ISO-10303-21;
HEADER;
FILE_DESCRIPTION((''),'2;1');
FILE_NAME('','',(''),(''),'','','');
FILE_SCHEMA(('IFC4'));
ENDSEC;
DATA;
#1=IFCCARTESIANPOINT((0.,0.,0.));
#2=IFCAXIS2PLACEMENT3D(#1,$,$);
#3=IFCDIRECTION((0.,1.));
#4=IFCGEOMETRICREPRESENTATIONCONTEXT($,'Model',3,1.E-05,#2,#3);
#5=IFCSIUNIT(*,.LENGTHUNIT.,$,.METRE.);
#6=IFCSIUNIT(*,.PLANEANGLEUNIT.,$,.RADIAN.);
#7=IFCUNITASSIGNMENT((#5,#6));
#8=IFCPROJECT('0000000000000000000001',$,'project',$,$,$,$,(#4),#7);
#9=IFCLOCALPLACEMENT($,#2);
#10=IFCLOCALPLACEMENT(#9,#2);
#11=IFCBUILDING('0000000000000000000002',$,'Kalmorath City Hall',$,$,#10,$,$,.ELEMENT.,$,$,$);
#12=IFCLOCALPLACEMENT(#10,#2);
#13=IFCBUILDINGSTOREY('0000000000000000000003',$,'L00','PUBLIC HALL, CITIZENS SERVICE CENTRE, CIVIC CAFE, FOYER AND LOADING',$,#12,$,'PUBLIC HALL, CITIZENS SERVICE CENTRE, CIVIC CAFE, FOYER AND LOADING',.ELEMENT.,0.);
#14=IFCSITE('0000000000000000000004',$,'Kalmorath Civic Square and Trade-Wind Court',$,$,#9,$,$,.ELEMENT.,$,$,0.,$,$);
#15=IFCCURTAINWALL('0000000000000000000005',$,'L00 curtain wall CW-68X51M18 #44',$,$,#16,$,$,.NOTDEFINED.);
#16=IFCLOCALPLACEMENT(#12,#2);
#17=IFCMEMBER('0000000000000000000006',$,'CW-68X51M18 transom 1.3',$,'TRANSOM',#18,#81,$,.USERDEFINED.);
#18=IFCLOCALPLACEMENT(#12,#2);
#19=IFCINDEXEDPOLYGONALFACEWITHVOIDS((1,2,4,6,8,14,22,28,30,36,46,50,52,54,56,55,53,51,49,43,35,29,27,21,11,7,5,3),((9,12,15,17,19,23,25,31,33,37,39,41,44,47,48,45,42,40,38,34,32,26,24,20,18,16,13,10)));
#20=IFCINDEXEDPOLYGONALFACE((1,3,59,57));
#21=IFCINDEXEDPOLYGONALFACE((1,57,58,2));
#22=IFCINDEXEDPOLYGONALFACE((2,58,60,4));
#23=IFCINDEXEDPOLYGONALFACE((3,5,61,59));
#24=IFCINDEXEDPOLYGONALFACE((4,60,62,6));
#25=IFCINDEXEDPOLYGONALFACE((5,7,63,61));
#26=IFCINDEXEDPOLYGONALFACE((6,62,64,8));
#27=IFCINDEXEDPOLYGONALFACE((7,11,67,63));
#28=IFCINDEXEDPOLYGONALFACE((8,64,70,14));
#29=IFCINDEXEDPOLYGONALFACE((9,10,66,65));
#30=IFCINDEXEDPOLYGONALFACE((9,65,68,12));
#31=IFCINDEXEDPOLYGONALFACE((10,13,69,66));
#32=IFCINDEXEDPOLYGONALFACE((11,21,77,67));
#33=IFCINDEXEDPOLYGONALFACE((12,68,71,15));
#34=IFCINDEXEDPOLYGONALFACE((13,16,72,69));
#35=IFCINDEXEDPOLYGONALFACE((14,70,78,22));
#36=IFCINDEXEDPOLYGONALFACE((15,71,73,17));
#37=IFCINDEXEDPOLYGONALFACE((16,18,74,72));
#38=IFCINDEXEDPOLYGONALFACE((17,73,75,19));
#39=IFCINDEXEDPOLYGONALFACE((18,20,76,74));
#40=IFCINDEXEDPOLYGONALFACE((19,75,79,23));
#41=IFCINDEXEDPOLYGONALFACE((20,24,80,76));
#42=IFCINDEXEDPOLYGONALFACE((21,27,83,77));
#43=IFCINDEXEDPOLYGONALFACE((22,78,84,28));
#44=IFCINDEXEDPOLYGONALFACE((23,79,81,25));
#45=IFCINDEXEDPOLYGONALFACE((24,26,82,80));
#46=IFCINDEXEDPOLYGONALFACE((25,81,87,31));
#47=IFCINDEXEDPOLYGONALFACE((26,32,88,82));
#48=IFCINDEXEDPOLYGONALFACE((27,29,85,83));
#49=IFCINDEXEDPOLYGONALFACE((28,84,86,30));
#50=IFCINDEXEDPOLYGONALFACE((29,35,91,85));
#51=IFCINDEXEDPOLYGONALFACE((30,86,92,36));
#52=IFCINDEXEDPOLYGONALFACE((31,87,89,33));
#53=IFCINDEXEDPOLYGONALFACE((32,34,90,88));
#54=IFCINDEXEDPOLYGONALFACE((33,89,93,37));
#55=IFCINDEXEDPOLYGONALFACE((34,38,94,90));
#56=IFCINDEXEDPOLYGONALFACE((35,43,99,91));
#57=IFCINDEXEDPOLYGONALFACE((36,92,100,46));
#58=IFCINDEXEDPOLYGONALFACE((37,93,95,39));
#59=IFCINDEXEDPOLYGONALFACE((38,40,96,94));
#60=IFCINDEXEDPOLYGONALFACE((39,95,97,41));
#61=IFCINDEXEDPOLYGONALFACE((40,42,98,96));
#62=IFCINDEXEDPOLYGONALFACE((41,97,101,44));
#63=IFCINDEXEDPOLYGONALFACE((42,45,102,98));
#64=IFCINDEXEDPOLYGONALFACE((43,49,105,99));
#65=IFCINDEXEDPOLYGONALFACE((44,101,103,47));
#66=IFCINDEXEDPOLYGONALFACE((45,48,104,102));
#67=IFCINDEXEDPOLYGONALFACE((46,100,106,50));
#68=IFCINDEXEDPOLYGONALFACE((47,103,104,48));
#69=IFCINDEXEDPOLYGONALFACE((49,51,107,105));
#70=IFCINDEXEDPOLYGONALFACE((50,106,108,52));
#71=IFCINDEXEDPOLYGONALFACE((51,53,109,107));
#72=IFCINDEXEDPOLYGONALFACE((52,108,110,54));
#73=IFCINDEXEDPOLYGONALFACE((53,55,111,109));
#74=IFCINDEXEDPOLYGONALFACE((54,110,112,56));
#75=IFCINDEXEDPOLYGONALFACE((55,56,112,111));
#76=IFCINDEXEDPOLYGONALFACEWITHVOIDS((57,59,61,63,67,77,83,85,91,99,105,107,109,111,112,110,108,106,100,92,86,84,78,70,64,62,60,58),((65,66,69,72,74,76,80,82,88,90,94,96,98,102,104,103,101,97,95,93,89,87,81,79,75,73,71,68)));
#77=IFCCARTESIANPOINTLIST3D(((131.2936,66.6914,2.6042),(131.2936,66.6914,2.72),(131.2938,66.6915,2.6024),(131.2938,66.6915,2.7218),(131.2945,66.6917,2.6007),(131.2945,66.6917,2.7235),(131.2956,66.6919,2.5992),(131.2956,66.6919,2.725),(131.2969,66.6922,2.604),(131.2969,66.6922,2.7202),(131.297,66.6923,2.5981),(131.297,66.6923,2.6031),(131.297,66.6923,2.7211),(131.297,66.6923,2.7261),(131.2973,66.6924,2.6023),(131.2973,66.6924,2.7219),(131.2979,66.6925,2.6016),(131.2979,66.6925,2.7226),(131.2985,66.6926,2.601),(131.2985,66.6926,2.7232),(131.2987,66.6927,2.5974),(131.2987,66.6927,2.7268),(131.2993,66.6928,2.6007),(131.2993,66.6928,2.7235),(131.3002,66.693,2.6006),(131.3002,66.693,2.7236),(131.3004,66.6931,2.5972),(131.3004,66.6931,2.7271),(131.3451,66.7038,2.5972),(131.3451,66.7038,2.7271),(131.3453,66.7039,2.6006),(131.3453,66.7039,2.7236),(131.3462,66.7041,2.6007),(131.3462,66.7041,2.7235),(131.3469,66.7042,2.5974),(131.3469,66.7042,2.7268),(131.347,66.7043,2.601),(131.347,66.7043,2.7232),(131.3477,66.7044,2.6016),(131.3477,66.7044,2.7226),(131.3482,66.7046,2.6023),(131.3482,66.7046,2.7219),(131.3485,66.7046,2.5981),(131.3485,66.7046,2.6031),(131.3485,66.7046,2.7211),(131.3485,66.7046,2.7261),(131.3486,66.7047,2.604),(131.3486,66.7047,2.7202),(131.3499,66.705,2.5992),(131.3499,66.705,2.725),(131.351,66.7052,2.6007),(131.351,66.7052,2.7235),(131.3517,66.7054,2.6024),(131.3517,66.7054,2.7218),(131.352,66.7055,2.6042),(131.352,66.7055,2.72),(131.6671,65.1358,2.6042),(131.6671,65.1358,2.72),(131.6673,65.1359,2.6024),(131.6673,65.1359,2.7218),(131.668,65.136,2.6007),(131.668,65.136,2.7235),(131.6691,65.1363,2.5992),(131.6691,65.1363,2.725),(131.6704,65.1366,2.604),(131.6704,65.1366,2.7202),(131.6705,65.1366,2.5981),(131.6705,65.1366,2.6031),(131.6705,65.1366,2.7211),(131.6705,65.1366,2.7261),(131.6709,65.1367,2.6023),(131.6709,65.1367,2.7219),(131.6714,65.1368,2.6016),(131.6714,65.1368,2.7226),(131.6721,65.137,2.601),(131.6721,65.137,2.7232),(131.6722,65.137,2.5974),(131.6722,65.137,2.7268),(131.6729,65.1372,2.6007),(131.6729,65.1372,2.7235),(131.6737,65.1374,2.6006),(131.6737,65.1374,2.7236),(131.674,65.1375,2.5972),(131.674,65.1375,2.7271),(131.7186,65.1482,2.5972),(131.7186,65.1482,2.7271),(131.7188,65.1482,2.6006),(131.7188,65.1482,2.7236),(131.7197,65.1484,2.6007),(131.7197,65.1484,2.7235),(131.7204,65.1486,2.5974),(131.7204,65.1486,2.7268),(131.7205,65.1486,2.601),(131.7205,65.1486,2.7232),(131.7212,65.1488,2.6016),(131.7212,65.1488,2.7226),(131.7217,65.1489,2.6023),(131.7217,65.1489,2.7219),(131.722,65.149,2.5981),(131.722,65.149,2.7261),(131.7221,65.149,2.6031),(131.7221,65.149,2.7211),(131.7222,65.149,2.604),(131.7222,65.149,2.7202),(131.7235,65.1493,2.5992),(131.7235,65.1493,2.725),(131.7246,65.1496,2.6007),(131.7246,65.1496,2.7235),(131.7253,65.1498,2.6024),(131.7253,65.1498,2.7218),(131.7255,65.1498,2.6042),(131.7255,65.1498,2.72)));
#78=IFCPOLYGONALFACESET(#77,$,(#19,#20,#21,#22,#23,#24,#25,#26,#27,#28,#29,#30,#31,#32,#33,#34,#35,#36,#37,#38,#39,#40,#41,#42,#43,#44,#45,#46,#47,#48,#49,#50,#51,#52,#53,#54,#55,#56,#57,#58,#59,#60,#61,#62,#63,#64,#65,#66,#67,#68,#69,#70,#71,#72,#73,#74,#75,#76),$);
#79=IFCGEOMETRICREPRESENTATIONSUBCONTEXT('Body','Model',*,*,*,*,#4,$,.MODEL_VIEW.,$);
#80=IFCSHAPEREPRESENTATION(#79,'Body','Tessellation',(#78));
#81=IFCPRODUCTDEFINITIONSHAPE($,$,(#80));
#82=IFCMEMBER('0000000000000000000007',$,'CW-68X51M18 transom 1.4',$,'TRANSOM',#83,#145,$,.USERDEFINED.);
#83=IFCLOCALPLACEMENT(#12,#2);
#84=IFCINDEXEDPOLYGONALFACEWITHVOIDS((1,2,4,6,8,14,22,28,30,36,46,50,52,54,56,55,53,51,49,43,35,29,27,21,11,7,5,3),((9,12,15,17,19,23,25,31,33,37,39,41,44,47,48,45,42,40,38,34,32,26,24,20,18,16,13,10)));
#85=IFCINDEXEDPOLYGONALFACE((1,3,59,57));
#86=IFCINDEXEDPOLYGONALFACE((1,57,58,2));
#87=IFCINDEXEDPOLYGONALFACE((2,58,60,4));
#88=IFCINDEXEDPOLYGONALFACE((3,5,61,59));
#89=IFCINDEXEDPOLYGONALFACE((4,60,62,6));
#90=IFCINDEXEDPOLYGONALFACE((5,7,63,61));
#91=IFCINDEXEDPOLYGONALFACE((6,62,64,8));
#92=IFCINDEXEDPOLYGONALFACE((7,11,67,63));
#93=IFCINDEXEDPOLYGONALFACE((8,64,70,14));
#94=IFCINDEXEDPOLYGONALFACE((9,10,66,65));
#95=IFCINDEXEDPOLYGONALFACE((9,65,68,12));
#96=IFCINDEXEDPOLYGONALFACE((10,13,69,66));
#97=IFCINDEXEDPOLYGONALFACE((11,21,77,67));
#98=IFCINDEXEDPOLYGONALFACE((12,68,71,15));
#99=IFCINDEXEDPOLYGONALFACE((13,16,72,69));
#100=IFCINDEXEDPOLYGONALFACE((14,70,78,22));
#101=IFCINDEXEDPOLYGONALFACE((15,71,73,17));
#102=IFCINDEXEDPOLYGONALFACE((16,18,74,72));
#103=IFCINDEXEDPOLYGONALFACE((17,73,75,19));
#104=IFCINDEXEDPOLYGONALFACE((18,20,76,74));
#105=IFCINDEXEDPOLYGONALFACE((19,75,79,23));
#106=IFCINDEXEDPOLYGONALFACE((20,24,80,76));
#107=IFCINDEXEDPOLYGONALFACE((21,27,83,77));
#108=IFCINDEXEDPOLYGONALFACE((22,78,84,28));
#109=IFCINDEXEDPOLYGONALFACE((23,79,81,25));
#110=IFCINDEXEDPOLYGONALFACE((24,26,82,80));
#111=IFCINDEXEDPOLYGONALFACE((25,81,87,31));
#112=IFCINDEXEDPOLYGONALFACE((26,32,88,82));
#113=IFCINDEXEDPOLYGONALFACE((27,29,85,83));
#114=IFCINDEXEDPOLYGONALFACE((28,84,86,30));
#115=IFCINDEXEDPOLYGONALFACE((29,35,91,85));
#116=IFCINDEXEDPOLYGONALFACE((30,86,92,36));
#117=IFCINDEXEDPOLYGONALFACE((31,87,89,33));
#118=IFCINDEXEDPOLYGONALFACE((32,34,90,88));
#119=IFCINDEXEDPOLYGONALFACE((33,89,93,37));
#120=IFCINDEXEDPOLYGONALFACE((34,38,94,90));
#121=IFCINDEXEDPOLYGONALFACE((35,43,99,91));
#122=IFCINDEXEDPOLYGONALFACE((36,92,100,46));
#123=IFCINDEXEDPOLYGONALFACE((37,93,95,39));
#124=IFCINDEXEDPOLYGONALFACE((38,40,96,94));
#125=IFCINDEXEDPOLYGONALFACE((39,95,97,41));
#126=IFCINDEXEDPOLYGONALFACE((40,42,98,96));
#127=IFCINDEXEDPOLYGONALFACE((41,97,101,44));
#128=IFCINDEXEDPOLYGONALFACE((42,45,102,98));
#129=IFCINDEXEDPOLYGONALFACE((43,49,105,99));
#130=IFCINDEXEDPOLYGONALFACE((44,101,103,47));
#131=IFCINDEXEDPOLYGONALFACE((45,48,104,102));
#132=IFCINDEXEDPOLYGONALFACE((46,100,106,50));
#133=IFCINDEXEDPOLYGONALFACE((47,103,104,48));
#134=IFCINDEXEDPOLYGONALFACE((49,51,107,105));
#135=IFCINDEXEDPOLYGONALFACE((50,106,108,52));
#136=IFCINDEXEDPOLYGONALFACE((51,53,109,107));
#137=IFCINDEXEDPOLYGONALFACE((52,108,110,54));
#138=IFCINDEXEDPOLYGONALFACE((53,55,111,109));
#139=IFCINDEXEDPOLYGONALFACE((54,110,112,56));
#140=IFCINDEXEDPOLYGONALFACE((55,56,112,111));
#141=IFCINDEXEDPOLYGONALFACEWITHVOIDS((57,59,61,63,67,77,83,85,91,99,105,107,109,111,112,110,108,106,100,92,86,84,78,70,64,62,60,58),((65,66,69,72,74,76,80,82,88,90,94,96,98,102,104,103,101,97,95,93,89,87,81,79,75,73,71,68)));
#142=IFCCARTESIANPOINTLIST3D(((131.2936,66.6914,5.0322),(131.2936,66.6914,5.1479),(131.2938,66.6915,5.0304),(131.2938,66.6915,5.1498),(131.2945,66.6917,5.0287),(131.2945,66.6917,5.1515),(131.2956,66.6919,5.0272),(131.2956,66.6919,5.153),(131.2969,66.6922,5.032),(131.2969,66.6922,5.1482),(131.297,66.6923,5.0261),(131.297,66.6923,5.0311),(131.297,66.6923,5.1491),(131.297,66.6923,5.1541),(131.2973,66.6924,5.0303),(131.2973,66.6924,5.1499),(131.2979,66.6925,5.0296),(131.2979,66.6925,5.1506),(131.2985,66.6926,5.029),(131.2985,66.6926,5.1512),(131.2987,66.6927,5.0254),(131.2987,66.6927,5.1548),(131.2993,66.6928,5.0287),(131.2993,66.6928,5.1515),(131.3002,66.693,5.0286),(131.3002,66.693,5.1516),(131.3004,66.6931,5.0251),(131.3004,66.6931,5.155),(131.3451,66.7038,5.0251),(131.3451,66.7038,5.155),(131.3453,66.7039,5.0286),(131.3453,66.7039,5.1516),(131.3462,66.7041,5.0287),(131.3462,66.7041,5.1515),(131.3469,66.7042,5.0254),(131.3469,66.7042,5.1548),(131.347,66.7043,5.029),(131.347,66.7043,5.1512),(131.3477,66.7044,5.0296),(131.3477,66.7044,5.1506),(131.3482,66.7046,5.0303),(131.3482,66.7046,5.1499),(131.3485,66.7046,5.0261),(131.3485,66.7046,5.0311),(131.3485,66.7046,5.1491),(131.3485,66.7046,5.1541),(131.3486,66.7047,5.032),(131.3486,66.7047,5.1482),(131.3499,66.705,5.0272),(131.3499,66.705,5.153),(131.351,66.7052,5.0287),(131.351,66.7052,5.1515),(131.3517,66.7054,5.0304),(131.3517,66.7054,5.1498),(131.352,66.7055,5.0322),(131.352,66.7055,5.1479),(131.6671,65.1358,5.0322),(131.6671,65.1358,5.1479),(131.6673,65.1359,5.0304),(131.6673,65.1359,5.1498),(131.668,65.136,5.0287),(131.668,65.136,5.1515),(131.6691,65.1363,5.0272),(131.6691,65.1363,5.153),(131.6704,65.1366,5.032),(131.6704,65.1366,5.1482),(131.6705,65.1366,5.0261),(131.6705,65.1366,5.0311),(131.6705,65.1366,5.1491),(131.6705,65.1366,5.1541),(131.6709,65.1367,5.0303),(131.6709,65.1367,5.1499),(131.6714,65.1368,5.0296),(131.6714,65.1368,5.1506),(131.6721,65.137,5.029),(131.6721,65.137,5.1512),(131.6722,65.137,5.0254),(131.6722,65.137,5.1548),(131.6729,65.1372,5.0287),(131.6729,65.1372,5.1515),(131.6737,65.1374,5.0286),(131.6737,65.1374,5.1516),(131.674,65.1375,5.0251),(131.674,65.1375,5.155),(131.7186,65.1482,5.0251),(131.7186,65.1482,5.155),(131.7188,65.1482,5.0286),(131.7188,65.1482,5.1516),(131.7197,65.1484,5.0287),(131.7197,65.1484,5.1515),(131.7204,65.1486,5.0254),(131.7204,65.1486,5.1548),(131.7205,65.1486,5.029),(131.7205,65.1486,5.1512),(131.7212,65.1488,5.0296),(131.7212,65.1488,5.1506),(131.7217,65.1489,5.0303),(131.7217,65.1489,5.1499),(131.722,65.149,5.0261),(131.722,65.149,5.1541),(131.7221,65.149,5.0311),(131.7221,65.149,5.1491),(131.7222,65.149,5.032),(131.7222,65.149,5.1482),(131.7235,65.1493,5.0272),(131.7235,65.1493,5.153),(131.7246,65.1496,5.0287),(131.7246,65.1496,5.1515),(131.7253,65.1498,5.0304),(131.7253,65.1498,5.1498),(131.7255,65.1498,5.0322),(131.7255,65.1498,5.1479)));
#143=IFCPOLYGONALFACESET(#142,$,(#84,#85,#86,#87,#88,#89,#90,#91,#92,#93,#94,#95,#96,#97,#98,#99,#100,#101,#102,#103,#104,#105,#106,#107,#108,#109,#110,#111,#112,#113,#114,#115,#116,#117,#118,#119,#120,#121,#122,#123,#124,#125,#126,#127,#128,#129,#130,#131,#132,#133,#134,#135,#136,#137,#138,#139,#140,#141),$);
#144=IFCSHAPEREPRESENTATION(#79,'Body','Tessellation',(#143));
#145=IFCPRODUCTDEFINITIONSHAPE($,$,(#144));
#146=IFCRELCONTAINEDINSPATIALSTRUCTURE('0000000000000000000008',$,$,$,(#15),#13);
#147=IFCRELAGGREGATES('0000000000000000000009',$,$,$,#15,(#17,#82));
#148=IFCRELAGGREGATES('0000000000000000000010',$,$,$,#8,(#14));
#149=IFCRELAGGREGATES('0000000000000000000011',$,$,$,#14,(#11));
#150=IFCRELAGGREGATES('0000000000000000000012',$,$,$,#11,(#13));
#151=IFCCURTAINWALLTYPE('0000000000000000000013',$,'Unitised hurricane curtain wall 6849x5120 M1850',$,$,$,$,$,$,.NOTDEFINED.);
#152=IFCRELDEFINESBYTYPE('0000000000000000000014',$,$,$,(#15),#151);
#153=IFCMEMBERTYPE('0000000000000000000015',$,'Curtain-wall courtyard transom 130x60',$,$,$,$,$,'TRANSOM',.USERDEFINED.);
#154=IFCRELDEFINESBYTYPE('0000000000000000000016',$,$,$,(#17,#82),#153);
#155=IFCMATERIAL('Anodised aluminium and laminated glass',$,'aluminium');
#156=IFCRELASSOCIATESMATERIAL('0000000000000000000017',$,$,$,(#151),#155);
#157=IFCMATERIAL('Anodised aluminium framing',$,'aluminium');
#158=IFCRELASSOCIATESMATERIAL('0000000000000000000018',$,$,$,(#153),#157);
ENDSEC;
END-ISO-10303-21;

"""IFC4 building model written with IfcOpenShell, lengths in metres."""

from ifc_helpers import new_model, si_unit, direction, frame, origin, origin_2d, place, context, subcontext, project, spatial, hollow_rectangle, extrude, material, material_profile, profile_set, type_object, element, aggregate, save


model = new_model("IFC4")

# Units and contexts
model_context = context("Model", 3, precision=1e-05, world=origin(), true_north=direction((0.0, 1.0)))
body_context = subcontext(model_context, "Body", "Model", "MODEL_VIEW")
ifc_project = project(units=[si_unit("LENGTHUNIT", "METRE"), si_unit("PLANEANGLEUNIT", "RADIAN")], contexts=[model_context])

# Site, building, storey
site_placement = place(None, origin())
site = spatial("IfcSite", under=ifc_project, at=site_placement, Name="Kalmorath Civic Square and Trade-Wind Court", CompositionType="ELEMENT", RefElevation=0.0)
building_placement = place(site_placement, origin())
building = spatial("IfcBuilding", under=site, at=building_placement, Name="Kalmorath City Hall", CompositionType="ELEMENT")
storey_placement = place(building_placement, origin())
storey = spatial("IfcBuildingStorey", under=building, at=storey_placement, Name="L00", Description="PUBLIC HALL, CITIZENS SERVICE CENTRE, CIVIC CAFE, FOYER AND LOADING", LongName="PUBLIC HALL, CITIZENS SERVICE CENTRE, CIVIC CAFE, FOYER AND LOADING", CompositionType="ELEMENT", Elevation=0.0)

# Curtain wall, members
ifc_material_1 = material(Name="Anodised aluminium and laminated glass", Category="aluminium")
curtain_wall_type = type_object("IfcCurtainWallType", Name="Unitised hurricane curtain wall 6849x5120 M1850", PredefinedType="NOTDEFINED", material=ifc_material_1)
curtain_wall_1_placement = place(storey_placement, origin())
curtain_wall_1 = element("IfcCurtainWall", 1, at=curtain_wall_1_placement, inside=storey, type_object=curtain_wall_type, Name="L00 curtain wall CW-68X51M18 #44", PredefinedType="NOTDEFINED")
ifc_material_2 = material(Name="Anodised aluminium framing", Category="aluminium")
ifc_material_profile_1 = material_profile(ifc_material_2, hollow_rectangle(XDim=0.0601, YDim=0.1299, WallThickness=0.0034, InnerFilletRadius=0.0034, OuterFilletRadius=0.0071, at=origin_2d()), Name="ALU-TRN-130X60X3.5")
ifc_profile_set_1 = profile_set([ifc_material_profile_1], Name="Anodised aluminium framing")
member_type_1 = type_object("IfcMemberType", Name="Curtain-wall courtyard transom 130x60", ElementType="TRANSOM", PredefinedType="USERDEFINED", material=ifc_profile_set_1)
member_1_placement = place(storey_placement, frame((131.6963, 65.1428, 2.6621), z_axis=(-0.233477, 0.972362, 0.0), x_axis=(-0.972362, -0.233477, 0.0)))
member_1 = element("IfcMember", 2, at=member_1_placement, type_object=member_type_1, Name="CW-68X51M18 transom 1.3", ObjectType="TRANSOM", PredefinedType="USERDEFINED", context=body_context, shape_type="SweptSolid", body=[
    extrude(hollow_rectangle(XDim=0.0601, YDim=0.1299, WallThickness=0.0034, InnerFilletRadius=0.0034, OuterFilletRadius=0.0071, at=origin_2d()), origin(), (0.0, 0.0, 1.0), 1.5999),
])
member_2_placement = place(storey_placement, frame((131.6963, 65.1428, 5.0901), z_axis=(-0.233477, 0.972362, 0.0), x_axis=(-0.972362, -0.233477, 0.0)))
member_2 = element("IfcMember", 3, at=member_2_placement, type_object=member_type_1, Name="CW-68X51M18 transom 1.4", ObjectType="TRANSOM", PredefinedType="USERDEFINED", context=body_context, shape_type="SweptSolid", body=[
    extrude(hollow_rectangle(XDim=0.0601, YDim=0.1299, WallThickness=0.0034, InnerFilletRadius=0.0034, OuterFilletRadius=0.0071, at=origin_2d()), origin(), (0.0, 0.0, 1.0), 1.5999),
])

aggregate(curtain_wall_1, [member_1, member_2])

save(model, "model.ifc")
